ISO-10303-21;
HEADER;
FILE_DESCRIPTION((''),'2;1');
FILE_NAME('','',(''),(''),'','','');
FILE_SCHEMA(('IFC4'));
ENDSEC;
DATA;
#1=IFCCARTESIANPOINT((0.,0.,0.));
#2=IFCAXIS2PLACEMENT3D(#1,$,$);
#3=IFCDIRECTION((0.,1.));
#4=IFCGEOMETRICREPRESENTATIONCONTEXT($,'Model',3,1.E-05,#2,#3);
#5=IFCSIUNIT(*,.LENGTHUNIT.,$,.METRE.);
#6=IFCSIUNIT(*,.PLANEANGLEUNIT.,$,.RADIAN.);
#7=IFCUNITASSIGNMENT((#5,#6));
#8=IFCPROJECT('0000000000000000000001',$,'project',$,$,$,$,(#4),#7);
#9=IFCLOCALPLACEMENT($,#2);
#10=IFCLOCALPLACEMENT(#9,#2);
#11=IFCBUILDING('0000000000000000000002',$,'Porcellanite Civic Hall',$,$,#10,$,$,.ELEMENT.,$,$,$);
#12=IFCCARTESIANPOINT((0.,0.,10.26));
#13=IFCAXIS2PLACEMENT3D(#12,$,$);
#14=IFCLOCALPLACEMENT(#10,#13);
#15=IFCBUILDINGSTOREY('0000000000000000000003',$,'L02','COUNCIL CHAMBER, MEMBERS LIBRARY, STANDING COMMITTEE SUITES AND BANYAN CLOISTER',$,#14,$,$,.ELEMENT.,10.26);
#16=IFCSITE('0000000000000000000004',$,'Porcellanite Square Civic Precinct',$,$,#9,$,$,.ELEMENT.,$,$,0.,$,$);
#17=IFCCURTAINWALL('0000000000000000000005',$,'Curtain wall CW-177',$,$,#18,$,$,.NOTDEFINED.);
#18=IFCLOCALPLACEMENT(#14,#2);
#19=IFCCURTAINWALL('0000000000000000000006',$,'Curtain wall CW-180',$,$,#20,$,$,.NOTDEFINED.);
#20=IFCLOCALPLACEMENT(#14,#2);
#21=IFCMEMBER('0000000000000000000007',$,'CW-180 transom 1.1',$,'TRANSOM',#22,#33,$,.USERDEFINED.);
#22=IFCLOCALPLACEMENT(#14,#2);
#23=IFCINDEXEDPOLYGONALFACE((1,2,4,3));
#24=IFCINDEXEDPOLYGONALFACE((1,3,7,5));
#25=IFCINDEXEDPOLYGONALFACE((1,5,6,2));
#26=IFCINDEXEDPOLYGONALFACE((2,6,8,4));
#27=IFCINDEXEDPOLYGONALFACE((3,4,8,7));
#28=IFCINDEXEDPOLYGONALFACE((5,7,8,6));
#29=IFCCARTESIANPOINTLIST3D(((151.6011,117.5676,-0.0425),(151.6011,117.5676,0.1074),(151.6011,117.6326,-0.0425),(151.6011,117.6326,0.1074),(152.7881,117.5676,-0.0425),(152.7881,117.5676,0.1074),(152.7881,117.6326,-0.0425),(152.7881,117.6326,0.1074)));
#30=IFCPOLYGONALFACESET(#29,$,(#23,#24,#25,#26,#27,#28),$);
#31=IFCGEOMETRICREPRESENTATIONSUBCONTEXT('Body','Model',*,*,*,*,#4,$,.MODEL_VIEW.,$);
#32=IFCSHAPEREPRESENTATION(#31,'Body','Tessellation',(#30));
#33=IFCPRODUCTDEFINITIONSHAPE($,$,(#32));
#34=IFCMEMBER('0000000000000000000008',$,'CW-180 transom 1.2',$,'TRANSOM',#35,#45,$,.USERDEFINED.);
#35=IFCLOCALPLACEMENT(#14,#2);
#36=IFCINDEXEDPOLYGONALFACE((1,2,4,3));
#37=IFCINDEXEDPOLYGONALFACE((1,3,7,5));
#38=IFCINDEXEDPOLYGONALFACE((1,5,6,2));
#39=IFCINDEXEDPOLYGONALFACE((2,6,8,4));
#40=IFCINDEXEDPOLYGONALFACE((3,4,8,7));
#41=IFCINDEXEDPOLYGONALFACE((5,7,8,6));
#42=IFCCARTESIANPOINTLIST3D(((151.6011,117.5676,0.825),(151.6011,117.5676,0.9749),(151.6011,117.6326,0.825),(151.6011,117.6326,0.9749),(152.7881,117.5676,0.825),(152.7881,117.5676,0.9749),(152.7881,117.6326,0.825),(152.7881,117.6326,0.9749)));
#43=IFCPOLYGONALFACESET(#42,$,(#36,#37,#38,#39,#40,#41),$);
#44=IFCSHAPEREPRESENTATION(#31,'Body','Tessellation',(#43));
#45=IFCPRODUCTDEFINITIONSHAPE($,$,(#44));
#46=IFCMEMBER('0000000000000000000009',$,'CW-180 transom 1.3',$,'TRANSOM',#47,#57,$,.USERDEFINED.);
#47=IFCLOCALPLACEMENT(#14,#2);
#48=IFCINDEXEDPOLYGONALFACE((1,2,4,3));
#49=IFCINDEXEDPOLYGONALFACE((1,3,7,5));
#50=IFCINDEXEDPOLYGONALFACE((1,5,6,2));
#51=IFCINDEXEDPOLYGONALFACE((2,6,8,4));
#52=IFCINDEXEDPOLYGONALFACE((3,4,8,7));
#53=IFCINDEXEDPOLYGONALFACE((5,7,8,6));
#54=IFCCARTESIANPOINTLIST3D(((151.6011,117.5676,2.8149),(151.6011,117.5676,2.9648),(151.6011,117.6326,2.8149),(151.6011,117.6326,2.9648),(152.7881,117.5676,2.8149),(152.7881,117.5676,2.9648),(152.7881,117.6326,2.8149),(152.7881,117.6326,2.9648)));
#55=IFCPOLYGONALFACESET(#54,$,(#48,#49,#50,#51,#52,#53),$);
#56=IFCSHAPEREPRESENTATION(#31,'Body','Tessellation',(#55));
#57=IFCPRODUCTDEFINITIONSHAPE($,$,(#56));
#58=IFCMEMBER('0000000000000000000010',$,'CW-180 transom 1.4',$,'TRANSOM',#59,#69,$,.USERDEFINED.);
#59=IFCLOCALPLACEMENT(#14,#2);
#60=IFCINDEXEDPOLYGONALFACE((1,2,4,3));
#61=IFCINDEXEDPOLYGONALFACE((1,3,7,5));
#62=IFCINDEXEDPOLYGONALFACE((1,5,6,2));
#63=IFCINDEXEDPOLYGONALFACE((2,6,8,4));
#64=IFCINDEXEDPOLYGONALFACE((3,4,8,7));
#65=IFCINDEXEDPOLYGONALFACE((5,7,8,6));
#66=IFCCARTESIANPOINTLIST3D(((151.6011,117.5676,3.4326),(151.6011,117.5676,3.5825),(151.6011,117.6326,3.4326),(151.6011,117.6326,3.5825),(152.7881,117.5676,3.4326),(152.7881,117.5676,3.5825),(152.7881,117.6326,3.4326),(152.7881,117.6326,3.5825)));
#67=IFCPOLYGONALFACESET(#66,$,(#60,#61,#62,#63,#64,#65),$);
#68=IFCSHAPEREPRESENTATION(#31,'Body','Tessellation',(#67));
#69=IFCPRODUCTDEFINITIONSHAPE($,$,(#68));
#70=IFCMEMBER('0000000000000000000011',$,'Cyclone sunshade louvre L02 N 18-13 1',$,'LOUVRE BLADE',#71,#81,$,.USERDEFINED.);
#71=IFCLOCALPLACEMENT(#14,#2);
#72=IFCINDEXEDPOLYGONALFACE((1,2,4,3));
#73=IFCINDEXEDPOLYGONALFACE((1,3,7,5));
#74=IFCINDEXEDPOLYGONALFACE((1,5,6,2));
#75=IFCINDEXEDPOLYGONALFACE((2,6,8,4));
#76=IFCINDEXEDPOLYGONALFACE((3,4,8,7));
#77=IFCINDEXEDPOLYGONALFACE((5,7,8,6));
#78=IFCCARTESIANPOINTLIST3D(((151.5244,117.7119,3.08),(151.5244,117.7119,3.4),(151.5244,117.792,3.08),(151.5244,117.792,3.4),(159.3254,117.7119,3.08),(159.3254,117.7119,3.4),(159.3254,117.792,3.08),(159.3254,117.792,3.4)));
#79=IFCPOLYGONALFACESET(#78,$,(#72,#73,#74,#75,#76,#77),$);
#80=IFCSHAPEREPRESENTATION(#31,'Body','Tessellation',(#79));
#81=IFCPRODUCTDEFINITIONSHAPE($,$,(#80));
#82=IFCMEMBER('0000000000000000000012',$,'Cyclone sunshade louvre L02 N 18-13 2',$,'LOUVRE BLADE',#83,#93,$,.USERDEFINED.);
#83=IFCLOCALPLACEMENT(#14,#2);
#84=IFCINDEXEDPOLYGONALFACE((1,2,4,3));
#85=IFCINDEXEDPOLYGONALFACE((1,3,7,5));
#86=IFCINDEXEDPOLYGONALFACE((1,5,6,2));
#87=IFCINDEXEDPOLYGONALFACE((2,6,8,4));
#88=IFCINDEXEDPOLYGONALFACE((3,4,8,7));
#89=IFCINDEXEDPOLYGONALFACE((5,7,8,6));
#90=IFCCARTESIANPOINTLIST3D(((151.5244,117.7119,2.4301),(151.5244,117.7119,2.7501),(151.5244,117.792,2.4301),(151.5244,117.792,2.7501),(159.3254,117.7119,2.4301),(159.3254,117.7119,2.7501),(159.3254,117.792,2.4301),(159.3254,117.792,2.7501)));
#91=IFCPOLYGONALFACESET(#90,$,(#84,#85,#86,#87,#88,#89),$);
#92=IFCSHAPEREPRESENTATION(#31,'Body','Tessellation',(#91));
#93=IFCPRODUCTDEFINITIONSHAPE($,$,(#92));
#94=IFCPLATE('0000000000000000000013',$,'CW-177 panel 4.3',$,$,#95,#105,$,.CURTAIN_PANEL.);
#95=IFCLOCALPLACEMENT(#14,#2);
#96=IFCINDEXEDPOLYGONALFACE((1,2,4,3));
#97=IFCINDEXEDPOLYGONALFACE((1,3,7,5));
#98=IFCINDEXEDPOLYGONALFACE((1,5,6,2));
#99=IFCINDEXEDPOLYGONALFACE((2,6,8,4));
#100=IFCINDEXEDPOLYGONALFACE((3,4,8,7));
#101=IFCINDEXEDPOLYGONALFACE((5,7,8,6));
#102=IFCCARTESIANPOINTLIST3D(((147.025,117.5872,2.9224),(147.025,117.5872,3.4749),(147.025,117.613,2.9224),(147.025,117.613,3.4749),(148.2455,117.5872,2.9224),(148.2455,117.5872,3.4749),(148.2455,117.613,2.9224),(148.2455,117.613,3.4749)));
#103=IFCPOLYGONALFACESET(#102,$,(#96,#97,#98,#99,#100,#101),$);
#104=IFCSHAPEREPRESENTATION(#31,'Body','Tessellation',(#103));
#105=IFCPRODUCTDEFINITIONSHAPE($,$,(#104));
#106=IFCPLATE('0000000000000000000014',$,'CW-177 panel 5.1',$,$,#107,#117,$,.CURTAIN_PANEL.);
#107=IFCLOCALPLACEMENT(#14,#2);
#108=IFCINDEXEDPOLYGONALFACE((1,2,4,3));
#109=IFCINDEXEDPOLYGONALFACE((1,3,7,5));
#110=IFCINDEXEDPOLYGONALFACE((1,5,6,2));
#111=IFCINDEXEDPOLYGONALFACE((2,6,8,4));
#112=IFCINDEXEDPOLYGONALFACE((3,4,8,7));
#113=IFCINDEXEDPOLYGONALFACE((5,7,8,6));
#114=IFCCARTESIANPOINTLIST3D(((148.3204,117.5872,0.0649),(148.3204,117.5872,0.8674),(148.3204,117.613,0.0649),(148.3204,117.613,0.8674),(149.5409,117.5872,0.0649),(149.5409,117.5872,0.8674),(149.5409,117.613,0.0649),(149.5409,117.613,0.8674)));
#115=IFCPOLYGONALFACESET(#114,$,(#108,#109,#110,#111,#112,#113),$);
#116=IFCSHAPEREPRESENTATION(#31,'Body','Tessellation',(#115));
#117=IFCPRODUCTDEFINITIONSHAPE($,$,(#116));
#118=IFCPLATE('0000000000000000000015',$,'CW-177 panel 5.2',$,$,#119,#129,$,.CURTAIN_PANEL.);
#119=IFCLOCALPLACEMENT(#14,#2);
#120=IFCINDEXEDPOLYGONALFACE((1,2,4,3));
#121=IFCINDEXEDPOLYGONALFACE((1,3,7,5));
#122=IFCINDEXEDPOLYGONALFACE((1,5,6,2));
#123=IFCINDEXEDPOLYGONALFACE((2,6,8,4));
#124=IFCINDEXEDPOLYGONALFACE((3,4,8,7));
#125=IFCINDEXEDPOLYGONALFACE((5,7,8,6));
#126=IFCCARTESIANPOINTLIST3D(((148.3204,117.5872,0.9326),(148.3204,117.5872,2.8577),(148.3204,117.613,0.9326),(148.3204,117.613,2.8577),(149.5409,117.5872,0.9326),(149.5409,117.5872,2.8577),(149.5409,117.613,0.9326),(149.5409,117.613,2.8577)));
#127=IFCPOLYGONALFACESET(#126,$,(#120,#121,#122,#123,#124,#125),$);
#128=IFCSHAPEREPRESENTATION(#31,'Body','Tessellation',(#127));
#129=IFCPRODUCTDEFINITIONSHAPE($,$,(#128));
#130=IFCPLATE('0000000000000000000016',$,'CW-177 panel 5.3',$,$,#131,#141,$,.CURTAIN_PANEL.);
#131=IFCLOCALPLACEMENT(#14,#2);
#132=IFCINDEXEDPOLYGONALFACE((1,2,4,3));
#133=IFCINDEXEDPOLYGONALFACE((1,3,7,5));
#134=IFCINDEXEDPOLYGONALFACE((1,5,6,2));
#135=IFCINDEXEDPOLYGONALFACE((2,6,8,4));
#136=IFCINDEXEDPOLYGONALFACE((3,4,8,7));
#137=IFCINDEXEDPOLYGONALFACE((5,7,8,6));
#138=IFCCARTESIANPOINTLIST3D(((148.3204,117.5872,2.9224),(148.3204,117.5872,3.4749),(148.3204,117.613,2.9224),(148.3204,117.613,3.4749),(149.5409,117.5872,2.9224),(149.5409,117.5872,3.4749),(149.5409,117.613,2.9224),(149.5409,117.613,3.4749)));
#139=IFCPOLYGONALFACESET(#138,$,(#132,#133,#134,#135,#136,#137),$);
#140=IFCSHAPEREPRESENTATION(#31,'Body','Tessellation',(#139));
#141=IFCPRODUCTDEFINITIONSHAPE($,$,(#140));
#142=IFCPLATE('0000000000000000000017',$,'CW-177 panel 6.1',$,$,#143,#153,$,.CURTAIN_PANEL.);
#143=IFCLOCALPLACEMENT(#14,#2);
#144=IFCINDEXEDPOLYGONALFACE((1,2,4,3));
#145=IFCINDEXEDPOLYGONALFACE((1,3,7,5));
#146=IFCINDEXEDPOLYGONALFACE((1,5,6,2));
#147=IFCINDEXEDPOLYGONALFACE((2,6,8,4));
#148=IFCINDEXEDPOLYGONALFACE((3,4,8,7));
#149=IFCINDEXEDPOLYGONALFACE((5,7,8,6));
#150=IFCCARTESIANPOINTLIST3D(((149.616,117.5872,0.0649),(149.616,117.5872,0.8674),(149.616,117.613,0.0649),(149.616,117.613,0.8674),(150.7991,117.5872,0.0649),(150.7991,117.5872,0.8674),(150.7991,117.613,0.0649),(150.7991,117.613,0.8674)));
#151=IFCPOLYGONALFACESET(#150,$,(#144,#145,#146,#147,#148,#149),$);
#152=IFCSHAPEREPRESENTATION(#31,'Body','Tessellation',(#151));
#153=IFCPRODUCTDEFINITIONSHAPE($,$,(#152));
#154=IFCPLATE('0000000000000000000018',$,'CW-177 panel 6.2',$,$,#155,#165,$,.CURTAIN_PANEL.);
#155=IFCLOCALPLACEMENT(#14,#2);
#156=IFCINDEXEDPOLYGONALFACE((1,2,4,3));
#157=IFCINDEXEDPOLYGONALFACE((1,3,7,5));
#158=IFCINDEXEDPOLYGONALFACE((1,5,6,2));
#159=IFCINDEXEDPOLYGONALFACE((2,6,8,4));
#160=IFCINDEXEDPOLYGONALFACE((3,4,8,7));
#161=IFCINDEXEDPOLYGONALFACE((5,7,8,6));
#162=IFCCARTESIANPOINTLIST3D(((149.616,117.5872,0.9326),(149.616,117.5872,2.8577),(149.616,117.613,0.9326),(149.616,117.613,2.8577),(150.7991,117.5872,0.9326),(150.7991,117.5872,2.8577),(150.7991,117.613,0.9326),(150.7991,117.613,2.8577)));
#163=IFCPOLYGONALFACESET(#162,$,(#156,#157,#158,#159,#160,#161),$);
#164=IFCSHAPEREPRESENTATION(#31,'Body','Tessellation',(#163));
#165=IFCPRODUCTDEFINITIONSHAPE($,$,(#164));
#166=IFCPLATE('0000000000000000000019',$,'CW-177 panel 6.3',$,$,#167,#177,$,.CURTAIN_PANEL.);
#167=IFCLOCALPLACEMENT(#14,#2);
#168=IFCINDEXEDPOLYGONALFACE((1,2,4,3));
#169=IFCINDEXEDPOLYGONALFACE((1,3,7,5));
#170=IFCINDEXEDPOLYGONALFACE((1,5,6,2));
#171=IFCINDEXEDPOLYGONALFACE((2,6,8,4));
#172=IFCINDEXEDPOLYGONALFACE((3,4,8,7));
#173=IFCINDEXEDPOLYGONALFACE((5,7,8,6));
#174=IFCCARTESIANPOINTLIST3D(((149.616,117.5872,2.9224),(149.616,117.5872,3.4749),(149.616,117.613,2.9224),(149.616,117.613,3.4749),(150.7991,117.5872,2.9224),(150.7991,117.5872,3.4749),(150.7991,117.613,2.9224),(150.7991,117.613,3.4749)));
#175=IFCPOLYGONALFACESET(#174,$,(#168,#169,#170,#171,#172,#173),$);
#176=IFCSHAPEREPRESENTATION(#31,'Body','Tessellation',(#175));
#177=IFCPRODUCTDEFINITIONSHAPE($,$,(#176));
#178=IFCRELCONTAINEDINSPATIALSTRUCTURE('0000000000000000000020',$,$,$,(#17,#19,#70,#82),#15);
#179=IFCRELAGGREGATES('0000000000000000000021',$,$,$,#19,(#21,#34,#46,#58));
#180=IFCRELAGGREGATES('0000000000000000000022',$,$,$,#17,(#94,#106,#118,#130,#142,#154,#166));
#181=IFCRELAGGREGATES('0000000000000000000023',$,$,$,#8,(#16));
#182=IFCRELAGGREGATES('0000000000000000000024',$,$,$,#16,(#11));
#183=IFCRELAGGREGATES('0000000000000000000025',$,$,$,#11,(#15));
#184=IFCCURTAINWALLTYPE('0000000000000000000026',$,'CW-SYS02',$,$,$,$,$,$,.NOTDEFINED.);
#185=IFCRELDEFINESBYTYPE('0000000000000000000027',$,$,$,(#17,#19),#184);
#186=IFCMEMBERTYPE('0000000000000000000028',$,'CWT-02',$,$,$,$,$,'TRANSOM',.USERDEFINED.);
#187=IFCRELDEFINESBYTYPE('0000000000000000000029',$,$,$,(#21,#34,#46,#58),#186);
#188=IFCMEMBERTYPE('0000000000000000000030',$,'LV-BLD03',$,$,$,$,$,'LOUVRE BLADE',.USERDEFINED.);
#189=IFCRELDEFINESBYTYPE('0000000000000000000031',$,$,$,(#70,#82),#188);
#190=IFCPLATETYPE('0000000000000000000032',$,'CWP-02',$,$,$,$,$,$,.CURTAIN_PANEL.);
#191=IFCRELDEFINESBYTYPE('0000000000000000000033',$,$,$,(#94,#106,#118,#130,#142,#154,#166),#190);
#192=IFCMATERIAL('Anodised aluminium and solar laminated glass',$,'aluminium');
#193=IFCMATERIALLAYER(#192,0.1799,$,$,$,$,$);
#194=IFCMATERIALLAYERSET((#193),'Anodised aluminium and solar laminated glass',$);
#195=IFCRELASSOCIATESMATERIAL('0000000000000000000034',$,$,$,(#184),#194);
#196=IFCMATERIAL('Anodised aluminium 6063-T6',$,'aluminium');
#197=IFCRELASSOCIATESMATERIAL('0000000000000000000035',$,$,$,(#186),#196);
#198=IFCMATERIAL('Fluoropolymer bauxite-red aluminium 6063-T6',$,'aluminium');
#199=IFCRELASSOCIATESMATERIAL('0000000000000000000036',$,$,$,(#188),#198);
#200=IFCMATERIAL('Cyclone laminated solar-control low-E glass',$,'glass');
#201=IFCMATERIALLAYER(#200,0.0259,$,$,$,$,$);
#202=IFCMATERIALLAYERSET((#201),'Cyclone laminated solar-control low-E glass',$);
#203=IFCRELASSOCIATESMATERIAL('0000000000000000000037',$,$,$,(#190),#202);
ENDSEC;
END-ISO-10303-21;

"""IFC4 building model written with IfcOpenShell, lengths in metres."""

from ifc_helpers import new_model, si_unit, direction, frame, origin, origin_2d, place, context, subcontext, project, spatial, rectangle, extrude, material, layer, layer_set, material_profile, profile_set, type_object, element, aggregate, save


model = new_model("IFC4")

# Units and contexts
model_context = context("Model", 3, precision=1e-05, world=origin(), true_north=direction((0.0, 1.0)))
body_context = subcontext(model_context, "Body", "Model", "MODEL_VIEW")
ifc_project = project(units=[si_unit("LENGTHUNIT", "METRE"), si_unit("PLANEANGLEUNIT", "RADIAN")], contexts=[model_context])

# Site, building, storey
site_placement = place(None, origin())
site = spatial("IfcSite", under=ifc_project, at=site_placement, Name="Porcellanite Square Civic Precinct", CompositionType="ELEMENT", RefElevation=0.0)
building_placement = place(site_placement, origin())
building = spatial("IfcBuilding", under=site, at=building_placement, Name="Porcellanite Civic Hall", CompositionType="ELEMENT")
storey_placement = place(building_placement, frame((0.0, 0.0, 10.26)))
storey = spatial("IfcBuildingStorey", under=building, at=storey_placement, Name="L02", Description="COUNCIL CHAMBER, MEMBERS LIBRARY, STANDING COMMITTEE SUITES AND BANYAN CLOISTER", CompositionType="ELEMENT", Elevation=10.26)

# Curtain wall
ifc_material_1 = material(Name="Anodised aluminium and solar laminated glass", Category="aluminium")
ifc_layer_1 = layer(ifc_material_1, 0.1799)
ifc_layer_set_1 = layer_set([ifc_layer_1], Name="Anodised aluminium and solar laminated glass")
curtain_wall_type = type_object("IfcCurtainWallType", Name="CW-SYS02", PredefinedType="NOTDEFINED", material=ifc_layer_set_1)
curtain_wall_1_placement = place(storey_placement, origin())
curtain_wall_1 = element("IfcCurtainWall", 1, at=curtain_wall_1_placement, inside=storey, type_object=curtain_wall_type, Name="Curtain wall CW-177", PredefinedType="NOTDEFINED")

# Curtain wall
curtain_wall_2_placement = place(storey_placement, origin())
curtain_wall_2 = element("IfcCurtainWall", 2, at=curtain_wall_2_placement, inside=storey, type_object=curtain_wall_type, Name="Curtain wall CW-180", PredefinedType="NOTDEFINED")

# Members
ifc_material_2 = material(Name="Anodised aluminium 6063-T6", Category="aluminium")
ifc_material_profile_1 = material_profile(ifc_material_2, rectangle(XDim=0.0649, YDim=0.1499, at=origin_2d()), Name="AL-65x150")
ifc_profile_set_1 = profile_set([ifc_material_profile_1], Name="Anodised aluminium 6063-T6")
member_type_1 = type_object("IfcMemberType", Name="CWT-02", ElementType="TRANSOM", PredefinedType="USERDEFINED", material=ifc_profile_set_1)
member_1_placement = place(storey_placement, frame((151.6011, 117.6001, 0.0325), z_axis=(1.0, 0.0, 0.0), x_axis=(0.0, 1.0, 0.0)))
member_1 = element("IfcMember", 3, at=member_1_placement, type_object=member_type_1, Name="CW-180 transom 1.1", ObjectType="TRANSOM", PredefinedType="USERDEFINED", context=body_context, shape_type="SweptSolid", body=[
    extrude(rectangle(XDim=0.0649, YDim=0.1499, at=origin_2d()), origin(), (0.0, 0.0, 1.0), 1.187),
])
member_2_placement = place(storey_placement, frame((151.6011, 117.6001, 0.8999), z_axis=(1.0, 0.0, 0.0), x_axis=(0.0, 1.0, 0.0)))
member_2 = element("IfcMember", 4, at=member_2_placement, type_object=member_type_1, Name="CW-180 transom 1.2", ObjectType="TRANSOM", PredefinedType="USERDEFINED", context=body_context, shape_type="SweptSolid", body=[
    extrude(rectangle(XDim=0.0649, YDim=0.1499, at=origin_2d()), origin(), (0.0, 0.0, 1.0), 1.187),
])
member_3_placement = place(storey_placement, frame((151.6011, 117.6001, 2.8899), z_axis=(1.0, 0.0, 0.0), x_axis=(0.0, 1.0, 0.0)))
member_3 = element("IfcMember", 5, at=member_3_placement, type_object=member_type_1, Name="CW-180 transom 1.3", ObjectType="TRANSOM", PredefinedType="USERDEFINED", context=body_context, shape_type="SweptSolid", body=[
    extrude(rectangle(XDim=0.0649, YDim=0.1499, at=origin_2d()), origin(), (0.0, 0.0, 1.0), 1.187),
])
member_4_placement = place(storey_placement, frame((151.6011, 117.6001, 3.5076), z_axis=(1.0, 0.0, 0.0), x_axis=(0.0, 1.0, 0.0)))
member_4 = element("IfcMember", 6, at=member_4_placement, type_object=member_type_1, Name="CW-180 transom 1.4", ObjectType="TRANSOM", PredefinedType="USERDEFINED", context=body_context, shape_type="SweptSolid", body=[
    extrude(rectangle(XDim=0.0649, YDim=0.1499, at=origin_2d()), origin(), (0.0, 0.0, 1.0), 1.187),
])
aggregate(curtain_wall_2, [member_1, member_2, member_3, member_4])

# Members
ifc_material_3 = material(Name="Fluoropolymer bauxite-red aluminium 6063-T6", Category="aluminium")
ifc_material_profile_2 = material_profile(ifc_material_3, rectangle(XDim=0.0801, YDim=0.3201, at=origin_2d()), Name="AL-80x320")
ifc_profile_set_2 = profile_set([ifc_material_profile_2], Name="Fluoropolymer bauxite-red aluminium 6063-T6")
member_type_2 = type_object("IfcMemberType", Name="LV-BLD03", ElementType="LOUVRE BLADE", PredefinedType="USERDEFINED", material=ifc_profile_set_2)
for number, where, z_axis, x_axis, name in (
    (7, (151.5244, 117.752, 3.24), (1.0, 0.0, 0.0), (0.0, 1.0, 0.0), "Cyclone sunshade louvre L02 N 18-13 1"),
    (8, (151.5244, 117.752, 2.5901), (1.0, 0.0, 0.0), (0.0, 1.0, 0.0), "Cyclone sunshade louvre L02 N 18-13 2"),
):
    element("IfcMember", number, at=place(storey_placement, frame(where, z_axis=z_axis, x_axis=x_axis)), inside=storey, type_object=member_type_2, Name=name, ObjectType="LOUVRE BLADE", PredefinedType="USERDEFINED", context=body_context, shape_type="SweptSolid", body=[
        extrude(rectangle(XDim=0.0801, YDim=0.3201, at=origin_2d()), origin(), (0.0, 0.0, 1.0), 7.801),
    ])

# Plates
ifc_material_4 = material(Name="Cyclone laminated solar-control low-E glass", Category="glass")
ifc_layer_2 = layer(ifc_material_4, 0.0259)
ifc_layer_set_2 = layer_set([ifc_layer_2], Name="Cyclone laminated solar-control low-E glass")
plate_type = type_object("IfcPlateType", Name="CWP-02", PredefinedType="CURTAIN_PANEL", material=ifc_layer_set_2)
plate_1_placement = place(storey_placement, frame((147.6353, 117.6001, 2.9224), z_axis=(0.0, 0.0, 1.0), x_axis=(1.0, 0.0, 0.0)))
plate_1 = element("IfcPlate", 9, at=plate_1_placement, type_object=plate_type, Name="CW-177 panel 4.3", PredefinedType="CURTAIN_PANEL", context=body_context, shape_type="SweptSolid", body=[
    extrude(rectangle(XDim=1.2205, YDim=0.0259, at=origin_2d()), origin(), (0.0, 0.0, 1.0), 0.5525),
])
plate_2_placement = place(storey_placement, frame((148.9307, 117.6001, 0.0649), z_axis=(0.0, 0.0, 1.0), x_axis=(1.0, 0.0, 0.0)))
plate_2 = element("IfcPlate", 10, at=plate_2_placement, type_object=plate_type, Name="CW-177 panel 5.1", PredefinedType="CURTAIN_PANEL", context=body_context, shape_type="SweptSolid", body=[
    extrude(rectangle(XDim=1.2205, YDim=0.0259, at=origin_2d()), origin(), (0.0, 0.0, 1.0), 0.8025),
])
plate_3_placement = place(storey_placement, frame((148.9307, 117.6001, 0.9326), z_axis=(0.0, 0.0, 1.0), x_axis=(1.0, 0.0, 0.0)))
plate_3 = element("IfcPlate", 11, at=plate_3_placement, type_object=plate_type, Name="CW-177 panel 5.2", PredefinedType="CURTAIN_PANEL", context=body_context, shape_type="SweptSolid", body=[
    extrude(rectangle(XDim=1.2205, YDim=0.0259, at=origin_2d()), origin(), (0.0, 0.0, 1.0), 1.925),
])
plate_4_placement = place(storey_placement, frame((148.9307, 117.6001, 2.9224), z_axis=(0.0, 0.0, 1.0), x_axis=(1.0, 0.0, 0.0)))
plate_4 = element("IfcPlate", 12, at=plate_4_placement, type_object=plate_type, Name="CW-177 panel 5.3", PredefinedType="CURTAIN_PANEL", context=body_context, shape_type="SweptSolid", body=[
    extrude(rectangle(XDim=1.2205, YDim=0.0259, at=origin_2d()), origin(), (0.0, 0.0, 1.0), 0.5525),
])
plate_5_placement = place(storey_placement, frame((150.2075, 117.6001, 0.0649), z_axis=(0.0, 0.0, 1.0), x_axis=(1.0, 0.0, 0.0)))
plate_5 = element("IfcPlate", 13, at=plate_5_placement, type_object=plate_type, Name="CW-177 panel 6.1", PredefinedType="CURTAIN_PANEL", context=body_context, shape_type="SweptSolid", body=[
    extrude(rectangle(XDim=1.1831, YDim=0.0259, at=origin_2d()), origin(), (0.0, 0.0, 1.0), 0.8025),
])
plate_6_placement = place(storey_placement, frame((150.2075, 117.6001, 0.9326), z_axis=(0.0, 0.0, 1.0), x_axis=(1.0, 0.0, 0.0)))
plate_6 = element("IfcPlate", 14, at=plate_6_placement, type_object=plate_type, Name="CW-177 panel 6.2", PredefinedType="CURTAIN_PANEL", context=body_context, shape_type="SweptSolid", body=[
    extrude(rectangle(XDim=1.1831, YDim=0.0259, at=origin_2d()), origin(), (0.0, 0.0, 1.0), 1.925),
])
plate_7_placement = place(storey_placement, frame((150.2075, 117.6001, 2.9224), z_axis=(0.0, 0.0, 1.0), x_axis=(1.0, 0.0, 0.0)))
plate_7 = element("IfcPlate", 15, at=plate_7_placement, type_object=plate_type, Name="CW-177 panel 6.3", PredefinedType="CURTAIN_PANEL", context=body_context, shape_type="SweptSolid", body=[
    extrude(rectangle(XDim=1.1831, YDim=0.0259, at=origin_2d()), origin(), (0.0, 0.0, 1.0), 0.5525),
])
aggregate(curtain_wall_1, [plate_1, plate_2, plate_3, plate_4, plate_5, plate_6, plate_7])

save(model, "model.ifc")
